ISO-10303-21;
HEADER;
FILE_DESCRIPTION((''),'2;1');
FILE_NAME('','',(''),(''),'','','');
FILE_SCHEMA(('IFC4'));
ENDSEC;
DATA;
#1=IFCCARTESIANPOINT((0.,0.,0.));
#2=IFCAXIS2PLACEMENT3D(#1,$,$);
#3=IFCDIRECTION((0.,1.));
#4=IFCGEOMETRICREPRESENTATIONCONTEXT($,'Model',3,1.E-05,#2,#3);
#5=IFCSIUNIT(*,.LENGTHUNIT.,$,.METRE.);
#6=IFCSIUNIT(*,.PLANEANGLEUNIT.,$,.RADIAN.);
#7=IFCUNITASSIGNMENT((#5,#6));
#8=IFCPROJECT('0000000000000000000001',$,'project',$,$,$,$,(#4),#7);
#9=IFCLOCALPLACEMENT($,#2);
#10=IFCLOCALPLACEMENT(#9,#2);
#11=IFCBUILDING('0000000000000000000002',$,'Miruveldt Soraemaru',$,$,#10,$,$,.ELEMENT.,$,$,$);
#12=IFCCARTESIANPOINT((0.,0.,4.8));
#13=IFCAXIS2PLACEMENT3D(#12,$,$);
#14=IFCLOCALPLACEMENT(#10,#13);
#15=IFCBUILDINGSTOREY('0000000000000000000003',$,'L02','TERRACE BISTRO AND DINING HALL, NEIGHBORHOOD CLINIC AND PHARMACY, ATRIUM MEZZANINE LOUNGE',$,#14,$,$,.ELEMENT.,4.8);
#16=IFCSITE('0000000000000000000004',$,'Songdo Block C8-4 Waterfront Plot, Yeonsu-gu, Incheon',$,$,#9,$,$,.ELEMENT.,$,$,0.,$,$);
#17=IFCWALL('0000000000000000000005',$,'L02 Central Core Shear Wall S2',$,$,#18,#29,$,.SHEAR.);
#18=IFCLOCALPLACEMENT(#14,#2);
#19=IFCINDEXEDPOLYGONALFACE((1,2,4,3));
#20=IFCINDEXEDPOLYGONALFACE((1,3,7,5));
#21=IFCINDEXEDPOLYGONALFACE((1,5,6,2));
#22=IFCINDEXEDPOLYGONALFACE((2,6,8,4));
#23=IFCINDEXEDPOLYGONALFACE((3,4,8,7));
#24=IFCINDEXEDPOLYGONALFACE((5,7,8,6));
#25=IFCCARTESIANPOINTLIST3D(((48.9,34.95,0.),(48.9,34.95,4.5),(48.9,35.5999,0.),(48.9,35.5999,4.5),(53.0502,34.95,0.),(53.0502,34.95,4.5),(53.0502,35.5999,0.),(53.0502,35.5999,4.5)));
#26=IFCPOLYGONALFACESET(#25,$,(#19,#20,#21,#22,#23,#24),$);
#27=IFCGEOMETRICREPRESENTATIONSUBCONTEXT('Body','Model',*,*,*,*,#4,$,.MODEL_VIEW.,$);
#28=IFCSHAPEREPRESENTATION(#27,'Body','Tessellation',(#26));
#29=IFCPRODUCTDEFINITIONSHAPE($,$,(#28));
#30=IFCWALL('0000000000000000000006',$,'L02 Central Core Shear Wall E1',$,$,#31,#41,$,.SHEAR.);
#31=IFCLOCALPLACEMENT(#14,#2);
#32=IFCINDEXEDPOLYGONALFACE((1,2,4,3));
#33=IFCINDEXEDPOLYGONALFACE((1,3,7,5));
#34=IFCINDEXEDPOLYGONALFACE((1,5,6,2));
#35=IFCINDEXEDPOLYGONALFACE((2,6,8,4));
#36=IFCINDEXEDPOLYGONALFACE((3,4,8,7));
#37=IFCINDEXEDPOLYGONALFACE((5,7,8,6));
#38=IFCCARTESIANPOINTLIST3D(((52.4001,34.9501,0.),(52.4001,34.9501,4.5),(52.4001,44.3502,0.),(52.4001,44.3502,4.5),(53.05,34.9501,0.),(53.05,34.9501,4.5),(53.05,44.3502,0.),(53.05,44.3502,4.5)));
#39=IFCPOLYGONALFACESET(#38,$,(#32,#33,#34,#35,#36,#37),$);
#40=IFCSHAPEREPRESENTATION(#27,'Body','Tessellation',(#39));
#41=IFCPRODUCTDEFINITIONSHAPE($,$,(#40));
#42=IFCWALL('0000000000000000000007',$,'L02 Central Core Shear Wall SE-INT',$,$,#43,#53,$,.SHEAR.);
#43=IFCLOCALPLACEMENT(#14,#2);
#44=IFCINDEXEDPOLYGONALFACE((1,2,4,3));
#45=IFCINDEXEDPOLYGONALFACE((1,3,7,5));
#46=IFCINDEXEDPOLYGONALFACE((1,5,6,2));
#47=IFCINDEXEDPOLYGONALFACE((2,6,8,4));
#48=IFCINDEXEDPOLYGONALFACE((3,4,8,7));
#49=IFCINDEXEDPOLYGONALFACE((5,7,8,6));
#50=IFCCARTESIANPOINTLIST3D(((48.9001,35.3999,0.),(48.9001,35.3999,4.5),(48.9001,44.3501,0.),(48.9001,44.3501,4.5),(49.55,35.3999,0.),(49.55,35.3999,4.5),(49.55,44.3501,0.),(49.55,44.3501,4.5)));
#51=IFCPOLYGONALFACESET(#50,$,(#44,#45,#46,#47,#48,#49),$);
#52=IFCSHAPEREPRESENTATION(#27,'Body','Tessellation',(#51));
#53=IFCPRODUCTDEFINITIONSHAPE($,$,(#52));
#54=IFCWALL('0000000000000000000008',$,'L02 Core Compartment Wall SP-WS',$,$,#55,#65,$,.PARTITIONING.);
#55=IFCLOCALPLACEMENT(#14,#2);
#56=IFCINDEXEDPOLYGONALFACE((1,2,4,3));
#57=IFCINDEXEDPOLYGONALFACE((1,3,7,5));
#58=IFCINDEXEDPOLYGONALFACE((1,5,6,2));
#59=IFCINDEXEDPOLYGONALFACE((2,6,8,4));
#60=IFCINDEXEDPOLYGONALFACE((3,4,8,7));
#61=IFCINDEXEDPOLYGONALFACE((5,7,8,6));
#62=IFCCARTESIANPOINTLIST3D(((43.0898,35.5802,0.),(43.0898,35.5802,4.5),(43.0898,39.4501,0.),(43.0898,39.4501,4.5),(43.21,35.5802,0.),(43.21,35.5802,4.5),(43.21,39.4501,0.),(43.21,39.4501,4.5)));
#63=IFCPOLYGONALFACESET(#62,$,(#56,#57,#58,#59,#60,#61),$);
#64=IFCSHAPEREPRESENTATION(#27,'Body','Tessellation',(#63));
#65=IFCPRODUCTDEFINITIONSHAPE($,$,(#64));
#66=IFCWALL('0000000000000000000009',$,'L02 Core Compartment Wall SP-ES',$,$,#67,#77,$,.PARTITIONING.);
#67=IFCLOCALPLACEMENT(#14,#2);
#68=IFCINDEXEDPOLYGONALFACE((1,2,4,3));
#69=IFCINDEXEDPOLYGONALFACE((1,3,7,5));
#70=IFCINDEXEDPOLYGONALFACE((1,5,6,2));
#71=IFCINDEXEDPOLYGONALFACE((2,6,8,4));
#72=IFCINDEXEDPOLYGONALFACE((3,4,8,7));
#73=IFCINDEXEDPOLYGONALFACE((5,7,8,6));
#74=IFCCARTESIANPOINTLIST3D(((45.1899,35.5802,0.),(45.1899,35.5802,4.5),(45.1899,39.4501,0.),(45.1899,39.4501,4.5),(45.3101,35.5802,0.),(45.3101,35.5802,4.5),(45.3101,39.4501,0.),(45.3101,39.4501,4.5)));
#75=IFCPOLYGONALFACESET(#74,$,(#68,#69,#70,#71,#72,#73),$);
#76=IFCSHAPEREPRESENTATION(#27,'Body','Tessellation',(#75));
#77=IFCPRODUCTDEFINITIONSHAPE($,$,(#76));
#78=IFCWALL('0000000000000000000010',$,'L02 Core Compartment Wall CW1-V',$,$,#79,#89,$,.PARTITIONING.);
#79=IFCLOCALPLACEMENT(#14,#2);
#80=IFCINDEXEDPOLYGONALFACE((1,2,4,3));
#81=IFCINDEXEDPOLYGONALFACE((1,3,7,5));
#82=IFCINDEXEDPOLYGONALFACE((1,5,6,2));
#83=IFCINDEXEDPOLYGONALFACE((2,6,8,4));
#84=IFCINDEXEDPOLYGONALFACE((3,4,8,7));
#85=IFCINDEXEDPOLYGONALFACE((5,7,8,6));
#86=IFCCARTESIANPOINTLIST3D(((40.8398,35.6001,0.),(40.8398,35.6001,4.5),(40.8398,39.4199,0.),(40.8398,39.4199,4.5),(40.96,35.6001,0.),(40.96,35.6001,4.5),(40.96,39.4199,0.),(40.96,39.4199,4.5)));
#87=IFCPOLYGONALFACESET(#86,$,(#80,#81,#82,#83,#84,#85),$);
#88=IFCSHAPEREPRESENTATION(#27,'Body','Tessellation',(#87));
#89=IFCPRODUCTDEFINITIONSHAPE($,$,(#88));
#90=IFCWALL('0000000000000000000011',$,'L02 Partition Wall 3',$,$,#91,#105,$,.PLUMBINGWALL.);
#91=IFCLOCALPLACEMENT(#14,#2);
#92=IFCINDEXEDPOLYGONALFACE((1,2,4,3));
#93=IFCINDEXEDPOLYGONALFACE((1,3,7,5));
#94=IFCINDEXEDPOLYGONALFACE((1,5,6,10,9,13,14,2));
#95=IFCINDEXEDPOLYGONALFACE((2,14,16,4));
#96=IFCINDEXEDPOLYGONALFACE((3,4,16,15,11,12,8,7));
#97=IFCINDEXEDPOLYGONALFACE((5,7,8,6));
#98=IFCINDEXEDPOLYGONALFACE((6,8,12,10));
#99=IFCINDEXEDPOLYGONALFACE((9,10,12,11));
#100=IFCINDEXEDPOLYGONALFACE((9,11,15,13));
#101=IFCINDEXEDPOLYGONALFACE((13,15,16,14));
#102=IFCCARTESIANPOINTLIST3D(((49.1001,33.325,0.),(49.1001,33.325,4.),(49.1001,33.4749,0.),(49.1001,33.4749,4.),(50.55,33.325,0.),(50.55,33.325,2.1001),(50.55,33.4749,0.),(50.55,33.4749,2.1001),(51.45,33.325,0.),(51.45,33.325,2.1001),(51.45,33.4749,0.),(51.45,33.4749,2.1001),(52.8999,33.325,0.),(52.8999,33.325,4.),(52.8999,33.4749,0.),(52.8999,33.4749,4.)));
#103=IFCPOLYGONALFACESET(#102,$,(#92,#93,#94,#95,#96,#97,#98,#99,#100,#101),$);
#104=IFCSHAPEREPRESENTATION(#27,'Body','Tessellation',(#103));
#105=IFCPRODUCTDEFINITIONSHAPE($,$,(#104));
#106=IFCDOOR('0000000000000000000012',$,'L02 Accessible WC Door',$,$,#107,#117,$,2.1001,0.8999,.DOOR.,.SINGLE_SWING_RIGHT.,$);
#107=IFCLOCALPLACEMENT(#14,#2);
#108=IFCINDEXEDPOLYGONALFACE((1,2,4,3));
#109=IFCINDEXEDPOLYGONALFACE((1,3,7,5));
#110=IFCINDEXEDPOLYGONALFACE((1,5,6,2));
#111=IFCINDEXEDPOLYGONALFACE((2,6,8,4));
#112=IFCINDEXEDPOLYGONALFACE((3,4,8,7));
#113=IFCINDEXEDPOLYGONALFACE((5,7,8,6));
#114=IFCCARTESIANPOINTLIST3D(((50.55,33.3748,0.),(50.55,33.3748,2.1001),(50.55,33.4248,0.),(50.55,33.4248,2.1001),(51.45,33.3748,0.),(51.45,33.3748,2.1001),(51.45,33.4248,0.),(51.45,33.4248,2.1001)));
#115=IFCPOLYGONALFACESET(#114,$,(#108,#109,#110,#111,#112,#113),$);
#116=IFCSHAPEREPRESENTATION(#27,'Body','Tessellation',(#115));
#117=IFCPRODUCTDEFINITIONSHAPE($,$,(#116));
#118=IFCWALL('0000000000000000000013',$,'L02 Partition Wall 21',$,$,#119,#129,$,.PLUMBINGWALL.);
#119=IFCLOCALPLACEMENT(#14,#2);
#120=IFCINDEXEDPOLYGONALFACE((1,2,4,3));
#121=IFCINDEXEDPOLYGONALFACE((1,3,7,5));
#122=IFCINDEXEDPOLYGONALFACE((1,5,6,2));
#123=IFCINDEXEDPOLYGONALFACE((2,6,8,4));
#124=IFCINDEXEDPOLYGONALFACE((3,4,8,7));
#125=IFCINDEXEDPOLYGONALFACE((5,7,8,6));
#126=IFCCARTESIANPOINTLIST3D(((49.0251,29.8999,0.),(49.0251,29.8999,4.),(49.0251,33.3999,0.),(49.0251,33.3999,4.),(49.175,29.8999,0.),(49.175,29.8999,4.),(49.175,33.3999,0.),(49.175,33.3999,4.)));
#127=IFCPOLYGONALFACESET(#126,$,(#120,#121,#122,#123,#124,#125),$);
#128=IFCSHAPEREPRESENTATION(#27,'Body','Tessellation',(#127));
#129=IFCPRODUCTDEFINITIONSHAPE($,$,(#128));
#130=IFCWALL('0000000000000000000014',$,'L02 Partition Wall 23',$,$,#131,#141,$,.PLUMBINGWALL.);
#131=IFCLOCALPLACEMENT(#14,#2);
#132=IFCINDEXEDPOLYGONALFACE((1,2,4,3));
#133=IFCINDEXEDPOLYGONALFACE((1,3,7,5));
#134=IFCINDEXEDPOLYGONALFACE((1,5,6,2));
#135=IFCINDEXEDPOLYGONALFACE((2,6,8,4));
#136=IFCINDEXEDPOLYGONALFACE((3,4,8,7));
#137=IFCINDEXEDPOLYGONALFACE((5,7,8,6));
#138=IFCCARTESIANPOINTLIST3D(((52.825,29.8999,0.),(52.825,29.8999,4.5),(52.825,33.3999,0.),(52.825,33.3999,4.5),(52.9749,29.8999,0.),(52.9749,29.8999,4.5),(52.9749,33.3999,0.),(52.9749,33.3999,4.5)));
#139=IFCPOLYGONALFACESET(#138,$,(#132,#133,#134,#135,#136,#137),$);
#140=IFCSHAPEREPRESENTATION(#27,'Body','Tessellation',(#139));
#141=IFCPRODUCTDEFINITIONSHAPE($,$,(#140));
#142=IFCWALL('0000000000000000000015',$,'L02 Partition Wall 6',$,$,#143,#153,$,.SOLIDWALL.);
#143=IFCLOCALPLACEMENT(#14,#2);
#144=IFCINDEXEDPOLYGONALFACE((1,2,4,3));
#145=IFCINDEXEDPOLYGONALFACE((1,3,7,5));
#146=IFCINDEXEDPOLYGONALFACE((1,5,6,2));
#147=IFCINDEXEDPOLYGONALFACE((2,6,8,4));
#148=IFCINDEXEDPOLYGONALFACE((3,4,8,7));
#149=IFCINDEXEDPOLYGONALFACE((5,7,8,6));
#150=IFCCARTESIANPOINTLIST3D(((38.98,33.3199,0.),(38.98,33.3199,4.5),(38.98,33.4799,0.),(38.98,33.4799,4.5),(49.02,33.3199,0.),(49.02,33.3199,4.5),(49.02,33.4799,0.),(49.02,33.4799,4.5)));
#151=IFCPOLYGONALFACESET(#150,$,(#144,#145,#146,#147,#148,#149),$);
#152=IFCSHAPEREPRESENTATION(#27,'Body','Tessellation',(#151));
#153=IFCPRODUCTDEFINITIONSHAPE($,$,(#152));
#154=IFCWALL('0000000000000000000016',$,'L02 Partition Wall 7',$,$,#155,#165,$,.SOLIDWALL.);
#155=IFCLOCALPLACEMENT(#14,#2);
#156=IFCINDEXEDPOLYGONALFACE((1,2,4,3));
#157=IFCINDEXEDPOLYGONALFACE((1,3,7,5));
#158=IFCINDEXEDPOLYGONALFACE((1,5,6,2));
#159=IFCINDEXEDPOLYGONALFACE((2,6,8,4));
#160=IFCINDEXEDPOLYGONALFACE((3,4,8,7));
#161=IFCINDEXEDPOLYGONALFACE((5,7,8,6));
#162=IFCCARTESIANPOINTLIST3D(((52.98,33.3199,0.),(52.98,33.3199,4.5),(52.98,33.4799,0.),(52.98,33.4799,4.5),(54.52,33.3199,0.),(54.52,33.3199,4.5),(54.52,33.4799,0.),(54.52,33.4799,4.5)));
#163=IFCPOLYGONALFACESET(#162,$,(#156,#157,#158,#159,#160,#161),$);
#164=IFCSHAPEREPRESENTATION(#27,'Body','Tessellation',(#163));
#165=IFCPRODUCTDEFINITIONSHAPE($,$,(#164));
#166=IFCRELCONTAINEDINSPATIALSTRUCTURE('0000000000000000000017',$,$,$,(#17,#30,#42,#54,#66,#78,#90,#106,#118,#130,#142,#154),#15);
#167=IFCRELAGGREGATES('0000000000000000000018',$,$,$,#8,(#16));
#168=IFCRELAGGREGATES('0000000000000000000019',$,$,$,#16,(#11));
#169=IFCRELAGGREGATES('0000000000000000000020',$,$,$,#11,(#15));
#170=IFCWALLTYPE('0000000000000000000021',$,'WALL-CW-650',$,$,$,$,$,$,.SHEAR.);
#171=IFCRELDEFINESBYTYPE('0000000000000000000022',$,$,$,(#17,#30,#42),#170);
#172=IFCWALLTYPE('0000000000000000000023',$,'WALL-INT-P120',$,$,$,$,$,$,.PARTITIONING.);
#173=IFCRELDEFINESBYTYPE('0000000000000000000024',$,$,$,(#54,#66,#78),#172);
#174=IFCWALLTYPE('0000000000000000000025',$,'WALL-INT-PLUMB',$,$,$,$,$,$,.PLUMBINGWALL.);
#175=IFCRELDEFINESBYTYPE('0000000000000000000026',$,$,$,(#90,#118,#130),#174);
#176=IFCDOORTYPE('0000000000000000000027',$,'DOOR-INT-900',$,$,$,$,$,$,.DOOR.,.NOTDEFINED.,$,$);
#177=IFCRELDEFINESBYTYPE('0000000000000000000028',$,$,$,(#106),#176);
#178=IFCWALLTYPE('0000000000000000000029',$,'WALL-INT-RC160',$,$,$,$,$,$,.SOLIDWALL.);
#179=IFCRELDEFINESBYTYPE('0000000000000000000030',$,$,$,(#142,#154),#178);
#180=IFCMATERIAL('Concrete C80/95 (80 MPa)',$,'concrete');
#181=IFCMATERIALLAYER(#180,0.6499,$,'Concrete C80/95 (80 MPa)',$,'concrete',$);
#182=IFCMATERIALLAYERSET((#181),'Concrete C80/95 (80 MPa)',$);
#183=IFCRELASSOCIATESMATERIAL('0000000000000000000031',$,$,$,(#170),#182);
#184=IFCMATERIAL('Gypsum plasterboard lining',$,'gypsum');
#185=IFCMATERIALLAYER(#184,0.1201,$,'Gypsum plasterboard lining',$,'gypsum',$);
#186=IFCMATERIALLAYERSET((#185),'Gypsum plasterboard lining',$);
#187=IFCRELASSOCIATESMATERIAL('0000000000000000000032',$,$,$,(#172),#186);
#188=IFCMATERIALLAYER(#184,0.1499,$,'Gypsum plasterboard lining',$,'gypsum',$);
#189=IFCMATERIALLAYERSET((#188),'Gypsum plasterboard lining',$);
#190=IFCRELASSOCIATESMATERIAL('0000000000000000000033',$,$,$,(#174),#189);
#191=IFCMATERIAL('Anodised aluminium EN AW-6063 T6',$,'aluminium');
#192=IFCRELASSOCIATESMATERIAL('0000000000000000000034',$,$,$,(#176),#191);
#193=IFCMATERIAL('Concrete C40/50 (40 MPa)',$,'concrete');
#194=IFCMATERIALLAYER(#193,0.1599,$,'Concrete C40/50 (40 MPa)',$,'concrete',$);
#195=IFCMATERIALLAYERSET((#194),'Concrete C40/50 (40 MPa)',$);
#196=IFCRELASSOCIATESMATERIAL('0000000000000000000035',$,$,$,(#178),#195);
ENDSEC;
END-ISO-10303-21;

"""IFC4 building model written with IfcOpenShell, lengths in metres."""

from ifc_helpers import new_model, si_unit, direction, frame, frame_2d, origin, place, context, subcontext, project, spatial, rectangle, extrude, material, layer, layer_set, type_object, element, fill, save


model = new_model("IFC4")

# Units and contexts
model_context = context("Model", 3, precision=1e-05, world=origin(), true_north=direction((0.0, 1.0)))
body_context = subcontext(model_context, "Body", "Model", "MODEL_VIEW")
ifc_project = project(units=[si_unit("LENGTHUNIT", "METRE"), si_unit("PLANEANGLEUNIT", "RADIAN")], contexts=[model_context])

# Site, building, storey
site_placement = place(None, origin())
site = spatial("IfcSite", under=ifc_project, at=site_placement, Name="Songdo Block C8-4 Waterfront Plot, Yeonsu-gu, Incheon", CompositionType="ELEMENT", RefElevation=0.0)
building_placement = place(site_placement, origin())
building = spatial("IfcBuilding", under=site, at=building_placement, Name="Miruveldt Soraemaru", CompositionType="ELEMENT")
storey_placement = place(building_placement, frame((0.0, 0.0, 4.8)))
storey = spatial("IfcBuildingStorey", under=building, at=storey_placement, Name="L02", Description="TERRACE BISTRO AND DINING HALL, NEIGHBORHOOD CLINIC AND PHARMACY, ATRIUM MEZZANINE LOUNGE", CompositionType="ELEMENT", Elevation=4.8)

# Shared definitions
ifc_material_1 = material(Name="Concrete C80/95 (80 MPa)", Category="concrete")

# Walls
ifc_layer_1 = layer(ifc_material_1, 0.6499, Name="Concrete C80/95 (80 MPa)", Category="concrete")
ifc_layer_set_1 = layer_set([ifc_layer_1], Name="Concrete C80/95 (80 MPa)")
wall_type_1 = type_object("IfcWallType", Name="WALL-CW-650", PredefinedType="SHEAR", material=ifc_layer_set_1)
wall_1_placement = place(storey_placement, frame((48.8999, 35.2749, 0.0), z_axis=(0.0, 0.0, 1.0), x_axis=(1.0, 0.0, 0.0)))
element("IfcWall", 1, at=wall_1_placement, inside=storey, type_object=wall_type_1, Name="L02 Central Core Shear Wall S2", PredefinedType="SHEAR", context=body_context, shape_type="SweptSolid", body=[
    extrude(rectangle(XDim=4.1501, YDim=0.6499, at=frame_2d((2.0752, 0.0))), origin(), (0.0, 0.0, 1.0), 4.5),
])
wall_2_placement = place(storey_placement, frame((52.7251, 34.95, 0.0), z_axis=(0.0, 0.0, 1.0), x_axis=(0.0, 1.0, 0.0)))
element("IfcWall", 2, at=wall_2_placement, inside=storey, type_object=wall_type_1, Name="L02 Central Core Shear Wall E1", PredefinedType="SHEAR", context=body_context, shape_type="SweptSolid", body=[
    extrude(rectangle(XDim=9.4001, YDim=0.6499, at=frame_2d((4.7002, 0.0))), origin(), (0.0, 0.0, 1.0), 4.5),
])
wall_3_placement = place(storey_placement, frame((49.2251, 35.3999, 0.0), z_axis=(0.0, 0.0, 1.0), x_axis=(0.0, 1.0, 0.0)))
element("IfcWall", 3, at=wall_3_placement, inside=storey, type_object=wall_type_1, Name="L02 Central Core Shear Wall SE-INT", PredefinedType="SHEAR", context=body_context, shape_type="SweptSolid", body=[
    extrude(rectangle(XDim=8.9502, YDim=0.6499, at=frame_2d((4.4751, 0.0))), origin(), (0.0, 0.0, 1.0), 4.5),
])
ifc_material_2 = material(Name="Gypsum plasterboard lining", Category="gypsum")
ifc_layer_2 = layer(ifc_material_2, 0.1201, Name="Gypsum plasterboard lining", Category="gypsum")
ifc_layer_set_2 = layer_set([ifc_layer_2], Name="Gypsum plasterboard lining")
wall_type_2 = type_object("IfcWallType", Name="WALL-INT-P120", PredefinedType="PARTITIONING", material=ifc_layer_set_2)
for number, where, z_axis, x_axis, name in (
    (4, (43.1499, 35.5801, 0.0), (0.0, 0.0, 1.0), (0.0, 1.0, 0.0), "L02 Core Compartment Wall SP-WS"),
    (5, (45.25, 35.5801, 0.0), (0.0, 0.0, 1.0), (0.0, 1.0, 0.0), "L02 Core Compartment Wall SP-ES"),
):
    element("IfcWall", number, at=place(storey_placement, frame(where, z_axis=z_axis, x_axis=x_axis)), inside=storey, type_object=wall_type_2, Name=name, PredefinedType="PARTITIONING", context=body_context, shape_type="SweptSolid", body=[
        extrude(rectangle(XDim=3.8699, YDim=0.1201, at=frame_2d((1.9351, 0.0))), origin(), (0.0, 0.0, 1.0), 4.5),
    ])
wall_4_placement = place(storey_placement, frame((40.8999, 35.6001, 0.0), z_axis=(0.0, 0.0, 1.0), x_axis=(0.0, 1.0, 0.0)))
element("IfcWall", 6, at=wall_4_placement, inside=storey, type_object=wall_type_2, Name="L02 Core Compartment Wall CW1-V", PredefinedType="PARTITIONING", context=body_context, shape_type="SweptSolid", body=[
    extrude(rectangle(XDim=3.8198, YDim=0.1201, at=frame_2d((1.9099, 0.0))), origin(), (0.0, 0.0, 1.0), 4.5),
])

# Wall, opening, door
ifc_layer_3 = layer(ifc_material_2, 0.1499, Name="Gypsum plasterboard lining", Category="gypsum")
ifc_layer_set_3 = layer_set([ifc_layer_3], Name="Gypsum plasterboard lining")
wall_type_3 = type_object("IfcWallType", Name="WALL-INT-PLUMB", PredefinedType="PLUMBINGWALL", material=ifc_layer_set_3)
wall_5_placement = place(storey_placement, frame((49.1001, 33.3999, 0.0), z_axis=(0.0, 0.0, 1.0), x_axis=(1.0, 0.0, 0.0)))
wall_5 = element("IfcWall", 7, at=wall_5_placement, inside=storey, type_object=wall_type_3, Name="L02 Partition Wall 3", PredefinedType="PLUMBINGWALL", context=body_context, shape_type="SweptSolid", body=[
    extrude(rectangle(XDim=3.7998, YDim=0.1499, at=frame_2d((1.8999, 0.0))), origin(), (0.0, 0.0, 1.0), 4.0),
])
opening_1_placement = place(wall_5_placement, frame((1.45, 0.0, 0.0)))
opening_1 = element("IfcOpeningElement", 8, at=opening_1_placement, cuts=wall_5, PredefinedType="OPENING", context=body_context, shape_type="SweptSolid", body=[
    extrude(rectangle(XDim=0.8999, YDim=2.1001, at=frame_2d((0.45, 1.05))), frame((0.0, 0.085, 0.0), z_axis=(0.0, -1.0, 0.0), x_axis=(1.0, 0.0, 0.0)), (0.0, 0.0, 1.0), 0.1699),
])
ifc_material_3 = material(Name="Anodised aluminium EN AW-6063 T6", Category="aluminium")
door_type_1 = type_object("IfcDoorType", Name="DOOR-INT-900", OperationType="NOTDEFINED", PredefinedType="DOOR", material=ifc_material_3)
door_1_placement = place(opening_1_placement, origin())
door_1 = element("IfcDoor", 9, at=door_1_placement, inside=storey, type_object=door_type_1, Name="L02 Accessible WC Door", OperationType="SINGLE_SWING_RIGHT", OverallHeight=2.1001, OverallWidth=0.8999, PredefinedType="DOOR", context=body_context, shape_type="SweptSolid", body=[
    extrude(rectangle(XDim=0.8999, YDim=2.1001, at=frame_2d((0.45, 1.05))), frame((0.0, 0.0249, 0.0), z_axis=(0.0, -1.0, 0.0), x_axis=(1.0, 0.0, 0.0)), (0.0, 0.0, 1.0), 0.05),
])
fill(opening_1, door_1)

# Walls
wall_6_placement = place(storey_placement, frame((49.1001, 33.3999, 0.0), z_axis=(0.0, 0.0, 1.0), x_axis=(0.0, -1.0, 0.0)))
element("IfcWall", 10, at=wall_6_placement, inside=storey, type_object=wall_type_3, Name="L02 Partition Wall 21", PredefinedType="PLUMBINGWALL", context=body_context, shape_type="SweptSolid", body=[
    extrude(rectangle(XDim=3.5, YDim=0.1499, at=frame_2d((1.75, 0.0))), origin(), (0.0, 0.0, 1.0), 4.0),
])
wall_7_placement = place(storey_placement, frame((52.8999, 29.8999, 0.0), z_axis=(0.0, 0.0, 1.0), x_axis=(0.0, 1.0, 0.0)))
element("IfcWall", 11, at=wall_7_placement, inside=storey, type_object=wall_type_3, Name="L02 Partition Wall 23", PredefinedType="PLUMBINGWALL", context=body_context, shape_type="SweptSolid", body=[
    extrude(rectangle(XDim=3.5, YDim=0.1499, at=frame_2d((1.75, 0.0))), origin(), (0.0, 0.0, 1.0), 4.5),
])
ifc_material_4 = material(Name="Concrete C40/50 (40 MPa)", Category="concrete")
ifc_layer_4 = layer(ifc_material_4, 0.1599, Name="Concrete C40/50 (40 MPa)", Category="concrete")
ifc_layer_set_4 = layer_set([ifc_layer_4], Name="Concrete C40/50 (40 MPa)")
wall_type_4 = type_object("IfcWallType", Name="WALL-INT-RC160", PredefinedType="SOLIDWALL", material=ifc_layer_set_4)
wall_8_placement = place(storey_placement, frame((38.98, 33.3999, 0.0), z_axis=(0.0, 0.0, 1.0), x_axis=(1.0, 0.0, 0.0)))
element("IfcWall", 12, at=wall_8_placement, inside=storey, type_object=wall_type_4, Name="L02 Partition Wall 6", PredefinedType="SOLIDWALL", context=body_context, shape_type="SweptSolid", body=[
    extrude(rectangle(XDim=10.04, YDim=0.1599, at=frame_2d((5.02, 0.0))), origin(), (0.0, 0.0, 1.0), 4.5),
])
wall_9_placement = place(storey_placement, frame((52.98, 33.3999, 0.0), z_axis=(0.0, 0.0, 1.0), x_axis=(1.0, 0.0, 0.0)))
element("IfcWall", 13, at=wall_9_placement, inside=storey, type_object=wall_type_4, Name="L02 Partition Wall 7", PredefinedType="SOLIDWALL", context=body_context, shape_type="SweptSolid", body=[
    extrude(rectangle(XDim=1.54, YDim=0.1599, at=frame_2d((0.77, 0.0))), origin(), (0.0, 0.0, 1.0), 4.5),
])

save(model, "model.ifc")
